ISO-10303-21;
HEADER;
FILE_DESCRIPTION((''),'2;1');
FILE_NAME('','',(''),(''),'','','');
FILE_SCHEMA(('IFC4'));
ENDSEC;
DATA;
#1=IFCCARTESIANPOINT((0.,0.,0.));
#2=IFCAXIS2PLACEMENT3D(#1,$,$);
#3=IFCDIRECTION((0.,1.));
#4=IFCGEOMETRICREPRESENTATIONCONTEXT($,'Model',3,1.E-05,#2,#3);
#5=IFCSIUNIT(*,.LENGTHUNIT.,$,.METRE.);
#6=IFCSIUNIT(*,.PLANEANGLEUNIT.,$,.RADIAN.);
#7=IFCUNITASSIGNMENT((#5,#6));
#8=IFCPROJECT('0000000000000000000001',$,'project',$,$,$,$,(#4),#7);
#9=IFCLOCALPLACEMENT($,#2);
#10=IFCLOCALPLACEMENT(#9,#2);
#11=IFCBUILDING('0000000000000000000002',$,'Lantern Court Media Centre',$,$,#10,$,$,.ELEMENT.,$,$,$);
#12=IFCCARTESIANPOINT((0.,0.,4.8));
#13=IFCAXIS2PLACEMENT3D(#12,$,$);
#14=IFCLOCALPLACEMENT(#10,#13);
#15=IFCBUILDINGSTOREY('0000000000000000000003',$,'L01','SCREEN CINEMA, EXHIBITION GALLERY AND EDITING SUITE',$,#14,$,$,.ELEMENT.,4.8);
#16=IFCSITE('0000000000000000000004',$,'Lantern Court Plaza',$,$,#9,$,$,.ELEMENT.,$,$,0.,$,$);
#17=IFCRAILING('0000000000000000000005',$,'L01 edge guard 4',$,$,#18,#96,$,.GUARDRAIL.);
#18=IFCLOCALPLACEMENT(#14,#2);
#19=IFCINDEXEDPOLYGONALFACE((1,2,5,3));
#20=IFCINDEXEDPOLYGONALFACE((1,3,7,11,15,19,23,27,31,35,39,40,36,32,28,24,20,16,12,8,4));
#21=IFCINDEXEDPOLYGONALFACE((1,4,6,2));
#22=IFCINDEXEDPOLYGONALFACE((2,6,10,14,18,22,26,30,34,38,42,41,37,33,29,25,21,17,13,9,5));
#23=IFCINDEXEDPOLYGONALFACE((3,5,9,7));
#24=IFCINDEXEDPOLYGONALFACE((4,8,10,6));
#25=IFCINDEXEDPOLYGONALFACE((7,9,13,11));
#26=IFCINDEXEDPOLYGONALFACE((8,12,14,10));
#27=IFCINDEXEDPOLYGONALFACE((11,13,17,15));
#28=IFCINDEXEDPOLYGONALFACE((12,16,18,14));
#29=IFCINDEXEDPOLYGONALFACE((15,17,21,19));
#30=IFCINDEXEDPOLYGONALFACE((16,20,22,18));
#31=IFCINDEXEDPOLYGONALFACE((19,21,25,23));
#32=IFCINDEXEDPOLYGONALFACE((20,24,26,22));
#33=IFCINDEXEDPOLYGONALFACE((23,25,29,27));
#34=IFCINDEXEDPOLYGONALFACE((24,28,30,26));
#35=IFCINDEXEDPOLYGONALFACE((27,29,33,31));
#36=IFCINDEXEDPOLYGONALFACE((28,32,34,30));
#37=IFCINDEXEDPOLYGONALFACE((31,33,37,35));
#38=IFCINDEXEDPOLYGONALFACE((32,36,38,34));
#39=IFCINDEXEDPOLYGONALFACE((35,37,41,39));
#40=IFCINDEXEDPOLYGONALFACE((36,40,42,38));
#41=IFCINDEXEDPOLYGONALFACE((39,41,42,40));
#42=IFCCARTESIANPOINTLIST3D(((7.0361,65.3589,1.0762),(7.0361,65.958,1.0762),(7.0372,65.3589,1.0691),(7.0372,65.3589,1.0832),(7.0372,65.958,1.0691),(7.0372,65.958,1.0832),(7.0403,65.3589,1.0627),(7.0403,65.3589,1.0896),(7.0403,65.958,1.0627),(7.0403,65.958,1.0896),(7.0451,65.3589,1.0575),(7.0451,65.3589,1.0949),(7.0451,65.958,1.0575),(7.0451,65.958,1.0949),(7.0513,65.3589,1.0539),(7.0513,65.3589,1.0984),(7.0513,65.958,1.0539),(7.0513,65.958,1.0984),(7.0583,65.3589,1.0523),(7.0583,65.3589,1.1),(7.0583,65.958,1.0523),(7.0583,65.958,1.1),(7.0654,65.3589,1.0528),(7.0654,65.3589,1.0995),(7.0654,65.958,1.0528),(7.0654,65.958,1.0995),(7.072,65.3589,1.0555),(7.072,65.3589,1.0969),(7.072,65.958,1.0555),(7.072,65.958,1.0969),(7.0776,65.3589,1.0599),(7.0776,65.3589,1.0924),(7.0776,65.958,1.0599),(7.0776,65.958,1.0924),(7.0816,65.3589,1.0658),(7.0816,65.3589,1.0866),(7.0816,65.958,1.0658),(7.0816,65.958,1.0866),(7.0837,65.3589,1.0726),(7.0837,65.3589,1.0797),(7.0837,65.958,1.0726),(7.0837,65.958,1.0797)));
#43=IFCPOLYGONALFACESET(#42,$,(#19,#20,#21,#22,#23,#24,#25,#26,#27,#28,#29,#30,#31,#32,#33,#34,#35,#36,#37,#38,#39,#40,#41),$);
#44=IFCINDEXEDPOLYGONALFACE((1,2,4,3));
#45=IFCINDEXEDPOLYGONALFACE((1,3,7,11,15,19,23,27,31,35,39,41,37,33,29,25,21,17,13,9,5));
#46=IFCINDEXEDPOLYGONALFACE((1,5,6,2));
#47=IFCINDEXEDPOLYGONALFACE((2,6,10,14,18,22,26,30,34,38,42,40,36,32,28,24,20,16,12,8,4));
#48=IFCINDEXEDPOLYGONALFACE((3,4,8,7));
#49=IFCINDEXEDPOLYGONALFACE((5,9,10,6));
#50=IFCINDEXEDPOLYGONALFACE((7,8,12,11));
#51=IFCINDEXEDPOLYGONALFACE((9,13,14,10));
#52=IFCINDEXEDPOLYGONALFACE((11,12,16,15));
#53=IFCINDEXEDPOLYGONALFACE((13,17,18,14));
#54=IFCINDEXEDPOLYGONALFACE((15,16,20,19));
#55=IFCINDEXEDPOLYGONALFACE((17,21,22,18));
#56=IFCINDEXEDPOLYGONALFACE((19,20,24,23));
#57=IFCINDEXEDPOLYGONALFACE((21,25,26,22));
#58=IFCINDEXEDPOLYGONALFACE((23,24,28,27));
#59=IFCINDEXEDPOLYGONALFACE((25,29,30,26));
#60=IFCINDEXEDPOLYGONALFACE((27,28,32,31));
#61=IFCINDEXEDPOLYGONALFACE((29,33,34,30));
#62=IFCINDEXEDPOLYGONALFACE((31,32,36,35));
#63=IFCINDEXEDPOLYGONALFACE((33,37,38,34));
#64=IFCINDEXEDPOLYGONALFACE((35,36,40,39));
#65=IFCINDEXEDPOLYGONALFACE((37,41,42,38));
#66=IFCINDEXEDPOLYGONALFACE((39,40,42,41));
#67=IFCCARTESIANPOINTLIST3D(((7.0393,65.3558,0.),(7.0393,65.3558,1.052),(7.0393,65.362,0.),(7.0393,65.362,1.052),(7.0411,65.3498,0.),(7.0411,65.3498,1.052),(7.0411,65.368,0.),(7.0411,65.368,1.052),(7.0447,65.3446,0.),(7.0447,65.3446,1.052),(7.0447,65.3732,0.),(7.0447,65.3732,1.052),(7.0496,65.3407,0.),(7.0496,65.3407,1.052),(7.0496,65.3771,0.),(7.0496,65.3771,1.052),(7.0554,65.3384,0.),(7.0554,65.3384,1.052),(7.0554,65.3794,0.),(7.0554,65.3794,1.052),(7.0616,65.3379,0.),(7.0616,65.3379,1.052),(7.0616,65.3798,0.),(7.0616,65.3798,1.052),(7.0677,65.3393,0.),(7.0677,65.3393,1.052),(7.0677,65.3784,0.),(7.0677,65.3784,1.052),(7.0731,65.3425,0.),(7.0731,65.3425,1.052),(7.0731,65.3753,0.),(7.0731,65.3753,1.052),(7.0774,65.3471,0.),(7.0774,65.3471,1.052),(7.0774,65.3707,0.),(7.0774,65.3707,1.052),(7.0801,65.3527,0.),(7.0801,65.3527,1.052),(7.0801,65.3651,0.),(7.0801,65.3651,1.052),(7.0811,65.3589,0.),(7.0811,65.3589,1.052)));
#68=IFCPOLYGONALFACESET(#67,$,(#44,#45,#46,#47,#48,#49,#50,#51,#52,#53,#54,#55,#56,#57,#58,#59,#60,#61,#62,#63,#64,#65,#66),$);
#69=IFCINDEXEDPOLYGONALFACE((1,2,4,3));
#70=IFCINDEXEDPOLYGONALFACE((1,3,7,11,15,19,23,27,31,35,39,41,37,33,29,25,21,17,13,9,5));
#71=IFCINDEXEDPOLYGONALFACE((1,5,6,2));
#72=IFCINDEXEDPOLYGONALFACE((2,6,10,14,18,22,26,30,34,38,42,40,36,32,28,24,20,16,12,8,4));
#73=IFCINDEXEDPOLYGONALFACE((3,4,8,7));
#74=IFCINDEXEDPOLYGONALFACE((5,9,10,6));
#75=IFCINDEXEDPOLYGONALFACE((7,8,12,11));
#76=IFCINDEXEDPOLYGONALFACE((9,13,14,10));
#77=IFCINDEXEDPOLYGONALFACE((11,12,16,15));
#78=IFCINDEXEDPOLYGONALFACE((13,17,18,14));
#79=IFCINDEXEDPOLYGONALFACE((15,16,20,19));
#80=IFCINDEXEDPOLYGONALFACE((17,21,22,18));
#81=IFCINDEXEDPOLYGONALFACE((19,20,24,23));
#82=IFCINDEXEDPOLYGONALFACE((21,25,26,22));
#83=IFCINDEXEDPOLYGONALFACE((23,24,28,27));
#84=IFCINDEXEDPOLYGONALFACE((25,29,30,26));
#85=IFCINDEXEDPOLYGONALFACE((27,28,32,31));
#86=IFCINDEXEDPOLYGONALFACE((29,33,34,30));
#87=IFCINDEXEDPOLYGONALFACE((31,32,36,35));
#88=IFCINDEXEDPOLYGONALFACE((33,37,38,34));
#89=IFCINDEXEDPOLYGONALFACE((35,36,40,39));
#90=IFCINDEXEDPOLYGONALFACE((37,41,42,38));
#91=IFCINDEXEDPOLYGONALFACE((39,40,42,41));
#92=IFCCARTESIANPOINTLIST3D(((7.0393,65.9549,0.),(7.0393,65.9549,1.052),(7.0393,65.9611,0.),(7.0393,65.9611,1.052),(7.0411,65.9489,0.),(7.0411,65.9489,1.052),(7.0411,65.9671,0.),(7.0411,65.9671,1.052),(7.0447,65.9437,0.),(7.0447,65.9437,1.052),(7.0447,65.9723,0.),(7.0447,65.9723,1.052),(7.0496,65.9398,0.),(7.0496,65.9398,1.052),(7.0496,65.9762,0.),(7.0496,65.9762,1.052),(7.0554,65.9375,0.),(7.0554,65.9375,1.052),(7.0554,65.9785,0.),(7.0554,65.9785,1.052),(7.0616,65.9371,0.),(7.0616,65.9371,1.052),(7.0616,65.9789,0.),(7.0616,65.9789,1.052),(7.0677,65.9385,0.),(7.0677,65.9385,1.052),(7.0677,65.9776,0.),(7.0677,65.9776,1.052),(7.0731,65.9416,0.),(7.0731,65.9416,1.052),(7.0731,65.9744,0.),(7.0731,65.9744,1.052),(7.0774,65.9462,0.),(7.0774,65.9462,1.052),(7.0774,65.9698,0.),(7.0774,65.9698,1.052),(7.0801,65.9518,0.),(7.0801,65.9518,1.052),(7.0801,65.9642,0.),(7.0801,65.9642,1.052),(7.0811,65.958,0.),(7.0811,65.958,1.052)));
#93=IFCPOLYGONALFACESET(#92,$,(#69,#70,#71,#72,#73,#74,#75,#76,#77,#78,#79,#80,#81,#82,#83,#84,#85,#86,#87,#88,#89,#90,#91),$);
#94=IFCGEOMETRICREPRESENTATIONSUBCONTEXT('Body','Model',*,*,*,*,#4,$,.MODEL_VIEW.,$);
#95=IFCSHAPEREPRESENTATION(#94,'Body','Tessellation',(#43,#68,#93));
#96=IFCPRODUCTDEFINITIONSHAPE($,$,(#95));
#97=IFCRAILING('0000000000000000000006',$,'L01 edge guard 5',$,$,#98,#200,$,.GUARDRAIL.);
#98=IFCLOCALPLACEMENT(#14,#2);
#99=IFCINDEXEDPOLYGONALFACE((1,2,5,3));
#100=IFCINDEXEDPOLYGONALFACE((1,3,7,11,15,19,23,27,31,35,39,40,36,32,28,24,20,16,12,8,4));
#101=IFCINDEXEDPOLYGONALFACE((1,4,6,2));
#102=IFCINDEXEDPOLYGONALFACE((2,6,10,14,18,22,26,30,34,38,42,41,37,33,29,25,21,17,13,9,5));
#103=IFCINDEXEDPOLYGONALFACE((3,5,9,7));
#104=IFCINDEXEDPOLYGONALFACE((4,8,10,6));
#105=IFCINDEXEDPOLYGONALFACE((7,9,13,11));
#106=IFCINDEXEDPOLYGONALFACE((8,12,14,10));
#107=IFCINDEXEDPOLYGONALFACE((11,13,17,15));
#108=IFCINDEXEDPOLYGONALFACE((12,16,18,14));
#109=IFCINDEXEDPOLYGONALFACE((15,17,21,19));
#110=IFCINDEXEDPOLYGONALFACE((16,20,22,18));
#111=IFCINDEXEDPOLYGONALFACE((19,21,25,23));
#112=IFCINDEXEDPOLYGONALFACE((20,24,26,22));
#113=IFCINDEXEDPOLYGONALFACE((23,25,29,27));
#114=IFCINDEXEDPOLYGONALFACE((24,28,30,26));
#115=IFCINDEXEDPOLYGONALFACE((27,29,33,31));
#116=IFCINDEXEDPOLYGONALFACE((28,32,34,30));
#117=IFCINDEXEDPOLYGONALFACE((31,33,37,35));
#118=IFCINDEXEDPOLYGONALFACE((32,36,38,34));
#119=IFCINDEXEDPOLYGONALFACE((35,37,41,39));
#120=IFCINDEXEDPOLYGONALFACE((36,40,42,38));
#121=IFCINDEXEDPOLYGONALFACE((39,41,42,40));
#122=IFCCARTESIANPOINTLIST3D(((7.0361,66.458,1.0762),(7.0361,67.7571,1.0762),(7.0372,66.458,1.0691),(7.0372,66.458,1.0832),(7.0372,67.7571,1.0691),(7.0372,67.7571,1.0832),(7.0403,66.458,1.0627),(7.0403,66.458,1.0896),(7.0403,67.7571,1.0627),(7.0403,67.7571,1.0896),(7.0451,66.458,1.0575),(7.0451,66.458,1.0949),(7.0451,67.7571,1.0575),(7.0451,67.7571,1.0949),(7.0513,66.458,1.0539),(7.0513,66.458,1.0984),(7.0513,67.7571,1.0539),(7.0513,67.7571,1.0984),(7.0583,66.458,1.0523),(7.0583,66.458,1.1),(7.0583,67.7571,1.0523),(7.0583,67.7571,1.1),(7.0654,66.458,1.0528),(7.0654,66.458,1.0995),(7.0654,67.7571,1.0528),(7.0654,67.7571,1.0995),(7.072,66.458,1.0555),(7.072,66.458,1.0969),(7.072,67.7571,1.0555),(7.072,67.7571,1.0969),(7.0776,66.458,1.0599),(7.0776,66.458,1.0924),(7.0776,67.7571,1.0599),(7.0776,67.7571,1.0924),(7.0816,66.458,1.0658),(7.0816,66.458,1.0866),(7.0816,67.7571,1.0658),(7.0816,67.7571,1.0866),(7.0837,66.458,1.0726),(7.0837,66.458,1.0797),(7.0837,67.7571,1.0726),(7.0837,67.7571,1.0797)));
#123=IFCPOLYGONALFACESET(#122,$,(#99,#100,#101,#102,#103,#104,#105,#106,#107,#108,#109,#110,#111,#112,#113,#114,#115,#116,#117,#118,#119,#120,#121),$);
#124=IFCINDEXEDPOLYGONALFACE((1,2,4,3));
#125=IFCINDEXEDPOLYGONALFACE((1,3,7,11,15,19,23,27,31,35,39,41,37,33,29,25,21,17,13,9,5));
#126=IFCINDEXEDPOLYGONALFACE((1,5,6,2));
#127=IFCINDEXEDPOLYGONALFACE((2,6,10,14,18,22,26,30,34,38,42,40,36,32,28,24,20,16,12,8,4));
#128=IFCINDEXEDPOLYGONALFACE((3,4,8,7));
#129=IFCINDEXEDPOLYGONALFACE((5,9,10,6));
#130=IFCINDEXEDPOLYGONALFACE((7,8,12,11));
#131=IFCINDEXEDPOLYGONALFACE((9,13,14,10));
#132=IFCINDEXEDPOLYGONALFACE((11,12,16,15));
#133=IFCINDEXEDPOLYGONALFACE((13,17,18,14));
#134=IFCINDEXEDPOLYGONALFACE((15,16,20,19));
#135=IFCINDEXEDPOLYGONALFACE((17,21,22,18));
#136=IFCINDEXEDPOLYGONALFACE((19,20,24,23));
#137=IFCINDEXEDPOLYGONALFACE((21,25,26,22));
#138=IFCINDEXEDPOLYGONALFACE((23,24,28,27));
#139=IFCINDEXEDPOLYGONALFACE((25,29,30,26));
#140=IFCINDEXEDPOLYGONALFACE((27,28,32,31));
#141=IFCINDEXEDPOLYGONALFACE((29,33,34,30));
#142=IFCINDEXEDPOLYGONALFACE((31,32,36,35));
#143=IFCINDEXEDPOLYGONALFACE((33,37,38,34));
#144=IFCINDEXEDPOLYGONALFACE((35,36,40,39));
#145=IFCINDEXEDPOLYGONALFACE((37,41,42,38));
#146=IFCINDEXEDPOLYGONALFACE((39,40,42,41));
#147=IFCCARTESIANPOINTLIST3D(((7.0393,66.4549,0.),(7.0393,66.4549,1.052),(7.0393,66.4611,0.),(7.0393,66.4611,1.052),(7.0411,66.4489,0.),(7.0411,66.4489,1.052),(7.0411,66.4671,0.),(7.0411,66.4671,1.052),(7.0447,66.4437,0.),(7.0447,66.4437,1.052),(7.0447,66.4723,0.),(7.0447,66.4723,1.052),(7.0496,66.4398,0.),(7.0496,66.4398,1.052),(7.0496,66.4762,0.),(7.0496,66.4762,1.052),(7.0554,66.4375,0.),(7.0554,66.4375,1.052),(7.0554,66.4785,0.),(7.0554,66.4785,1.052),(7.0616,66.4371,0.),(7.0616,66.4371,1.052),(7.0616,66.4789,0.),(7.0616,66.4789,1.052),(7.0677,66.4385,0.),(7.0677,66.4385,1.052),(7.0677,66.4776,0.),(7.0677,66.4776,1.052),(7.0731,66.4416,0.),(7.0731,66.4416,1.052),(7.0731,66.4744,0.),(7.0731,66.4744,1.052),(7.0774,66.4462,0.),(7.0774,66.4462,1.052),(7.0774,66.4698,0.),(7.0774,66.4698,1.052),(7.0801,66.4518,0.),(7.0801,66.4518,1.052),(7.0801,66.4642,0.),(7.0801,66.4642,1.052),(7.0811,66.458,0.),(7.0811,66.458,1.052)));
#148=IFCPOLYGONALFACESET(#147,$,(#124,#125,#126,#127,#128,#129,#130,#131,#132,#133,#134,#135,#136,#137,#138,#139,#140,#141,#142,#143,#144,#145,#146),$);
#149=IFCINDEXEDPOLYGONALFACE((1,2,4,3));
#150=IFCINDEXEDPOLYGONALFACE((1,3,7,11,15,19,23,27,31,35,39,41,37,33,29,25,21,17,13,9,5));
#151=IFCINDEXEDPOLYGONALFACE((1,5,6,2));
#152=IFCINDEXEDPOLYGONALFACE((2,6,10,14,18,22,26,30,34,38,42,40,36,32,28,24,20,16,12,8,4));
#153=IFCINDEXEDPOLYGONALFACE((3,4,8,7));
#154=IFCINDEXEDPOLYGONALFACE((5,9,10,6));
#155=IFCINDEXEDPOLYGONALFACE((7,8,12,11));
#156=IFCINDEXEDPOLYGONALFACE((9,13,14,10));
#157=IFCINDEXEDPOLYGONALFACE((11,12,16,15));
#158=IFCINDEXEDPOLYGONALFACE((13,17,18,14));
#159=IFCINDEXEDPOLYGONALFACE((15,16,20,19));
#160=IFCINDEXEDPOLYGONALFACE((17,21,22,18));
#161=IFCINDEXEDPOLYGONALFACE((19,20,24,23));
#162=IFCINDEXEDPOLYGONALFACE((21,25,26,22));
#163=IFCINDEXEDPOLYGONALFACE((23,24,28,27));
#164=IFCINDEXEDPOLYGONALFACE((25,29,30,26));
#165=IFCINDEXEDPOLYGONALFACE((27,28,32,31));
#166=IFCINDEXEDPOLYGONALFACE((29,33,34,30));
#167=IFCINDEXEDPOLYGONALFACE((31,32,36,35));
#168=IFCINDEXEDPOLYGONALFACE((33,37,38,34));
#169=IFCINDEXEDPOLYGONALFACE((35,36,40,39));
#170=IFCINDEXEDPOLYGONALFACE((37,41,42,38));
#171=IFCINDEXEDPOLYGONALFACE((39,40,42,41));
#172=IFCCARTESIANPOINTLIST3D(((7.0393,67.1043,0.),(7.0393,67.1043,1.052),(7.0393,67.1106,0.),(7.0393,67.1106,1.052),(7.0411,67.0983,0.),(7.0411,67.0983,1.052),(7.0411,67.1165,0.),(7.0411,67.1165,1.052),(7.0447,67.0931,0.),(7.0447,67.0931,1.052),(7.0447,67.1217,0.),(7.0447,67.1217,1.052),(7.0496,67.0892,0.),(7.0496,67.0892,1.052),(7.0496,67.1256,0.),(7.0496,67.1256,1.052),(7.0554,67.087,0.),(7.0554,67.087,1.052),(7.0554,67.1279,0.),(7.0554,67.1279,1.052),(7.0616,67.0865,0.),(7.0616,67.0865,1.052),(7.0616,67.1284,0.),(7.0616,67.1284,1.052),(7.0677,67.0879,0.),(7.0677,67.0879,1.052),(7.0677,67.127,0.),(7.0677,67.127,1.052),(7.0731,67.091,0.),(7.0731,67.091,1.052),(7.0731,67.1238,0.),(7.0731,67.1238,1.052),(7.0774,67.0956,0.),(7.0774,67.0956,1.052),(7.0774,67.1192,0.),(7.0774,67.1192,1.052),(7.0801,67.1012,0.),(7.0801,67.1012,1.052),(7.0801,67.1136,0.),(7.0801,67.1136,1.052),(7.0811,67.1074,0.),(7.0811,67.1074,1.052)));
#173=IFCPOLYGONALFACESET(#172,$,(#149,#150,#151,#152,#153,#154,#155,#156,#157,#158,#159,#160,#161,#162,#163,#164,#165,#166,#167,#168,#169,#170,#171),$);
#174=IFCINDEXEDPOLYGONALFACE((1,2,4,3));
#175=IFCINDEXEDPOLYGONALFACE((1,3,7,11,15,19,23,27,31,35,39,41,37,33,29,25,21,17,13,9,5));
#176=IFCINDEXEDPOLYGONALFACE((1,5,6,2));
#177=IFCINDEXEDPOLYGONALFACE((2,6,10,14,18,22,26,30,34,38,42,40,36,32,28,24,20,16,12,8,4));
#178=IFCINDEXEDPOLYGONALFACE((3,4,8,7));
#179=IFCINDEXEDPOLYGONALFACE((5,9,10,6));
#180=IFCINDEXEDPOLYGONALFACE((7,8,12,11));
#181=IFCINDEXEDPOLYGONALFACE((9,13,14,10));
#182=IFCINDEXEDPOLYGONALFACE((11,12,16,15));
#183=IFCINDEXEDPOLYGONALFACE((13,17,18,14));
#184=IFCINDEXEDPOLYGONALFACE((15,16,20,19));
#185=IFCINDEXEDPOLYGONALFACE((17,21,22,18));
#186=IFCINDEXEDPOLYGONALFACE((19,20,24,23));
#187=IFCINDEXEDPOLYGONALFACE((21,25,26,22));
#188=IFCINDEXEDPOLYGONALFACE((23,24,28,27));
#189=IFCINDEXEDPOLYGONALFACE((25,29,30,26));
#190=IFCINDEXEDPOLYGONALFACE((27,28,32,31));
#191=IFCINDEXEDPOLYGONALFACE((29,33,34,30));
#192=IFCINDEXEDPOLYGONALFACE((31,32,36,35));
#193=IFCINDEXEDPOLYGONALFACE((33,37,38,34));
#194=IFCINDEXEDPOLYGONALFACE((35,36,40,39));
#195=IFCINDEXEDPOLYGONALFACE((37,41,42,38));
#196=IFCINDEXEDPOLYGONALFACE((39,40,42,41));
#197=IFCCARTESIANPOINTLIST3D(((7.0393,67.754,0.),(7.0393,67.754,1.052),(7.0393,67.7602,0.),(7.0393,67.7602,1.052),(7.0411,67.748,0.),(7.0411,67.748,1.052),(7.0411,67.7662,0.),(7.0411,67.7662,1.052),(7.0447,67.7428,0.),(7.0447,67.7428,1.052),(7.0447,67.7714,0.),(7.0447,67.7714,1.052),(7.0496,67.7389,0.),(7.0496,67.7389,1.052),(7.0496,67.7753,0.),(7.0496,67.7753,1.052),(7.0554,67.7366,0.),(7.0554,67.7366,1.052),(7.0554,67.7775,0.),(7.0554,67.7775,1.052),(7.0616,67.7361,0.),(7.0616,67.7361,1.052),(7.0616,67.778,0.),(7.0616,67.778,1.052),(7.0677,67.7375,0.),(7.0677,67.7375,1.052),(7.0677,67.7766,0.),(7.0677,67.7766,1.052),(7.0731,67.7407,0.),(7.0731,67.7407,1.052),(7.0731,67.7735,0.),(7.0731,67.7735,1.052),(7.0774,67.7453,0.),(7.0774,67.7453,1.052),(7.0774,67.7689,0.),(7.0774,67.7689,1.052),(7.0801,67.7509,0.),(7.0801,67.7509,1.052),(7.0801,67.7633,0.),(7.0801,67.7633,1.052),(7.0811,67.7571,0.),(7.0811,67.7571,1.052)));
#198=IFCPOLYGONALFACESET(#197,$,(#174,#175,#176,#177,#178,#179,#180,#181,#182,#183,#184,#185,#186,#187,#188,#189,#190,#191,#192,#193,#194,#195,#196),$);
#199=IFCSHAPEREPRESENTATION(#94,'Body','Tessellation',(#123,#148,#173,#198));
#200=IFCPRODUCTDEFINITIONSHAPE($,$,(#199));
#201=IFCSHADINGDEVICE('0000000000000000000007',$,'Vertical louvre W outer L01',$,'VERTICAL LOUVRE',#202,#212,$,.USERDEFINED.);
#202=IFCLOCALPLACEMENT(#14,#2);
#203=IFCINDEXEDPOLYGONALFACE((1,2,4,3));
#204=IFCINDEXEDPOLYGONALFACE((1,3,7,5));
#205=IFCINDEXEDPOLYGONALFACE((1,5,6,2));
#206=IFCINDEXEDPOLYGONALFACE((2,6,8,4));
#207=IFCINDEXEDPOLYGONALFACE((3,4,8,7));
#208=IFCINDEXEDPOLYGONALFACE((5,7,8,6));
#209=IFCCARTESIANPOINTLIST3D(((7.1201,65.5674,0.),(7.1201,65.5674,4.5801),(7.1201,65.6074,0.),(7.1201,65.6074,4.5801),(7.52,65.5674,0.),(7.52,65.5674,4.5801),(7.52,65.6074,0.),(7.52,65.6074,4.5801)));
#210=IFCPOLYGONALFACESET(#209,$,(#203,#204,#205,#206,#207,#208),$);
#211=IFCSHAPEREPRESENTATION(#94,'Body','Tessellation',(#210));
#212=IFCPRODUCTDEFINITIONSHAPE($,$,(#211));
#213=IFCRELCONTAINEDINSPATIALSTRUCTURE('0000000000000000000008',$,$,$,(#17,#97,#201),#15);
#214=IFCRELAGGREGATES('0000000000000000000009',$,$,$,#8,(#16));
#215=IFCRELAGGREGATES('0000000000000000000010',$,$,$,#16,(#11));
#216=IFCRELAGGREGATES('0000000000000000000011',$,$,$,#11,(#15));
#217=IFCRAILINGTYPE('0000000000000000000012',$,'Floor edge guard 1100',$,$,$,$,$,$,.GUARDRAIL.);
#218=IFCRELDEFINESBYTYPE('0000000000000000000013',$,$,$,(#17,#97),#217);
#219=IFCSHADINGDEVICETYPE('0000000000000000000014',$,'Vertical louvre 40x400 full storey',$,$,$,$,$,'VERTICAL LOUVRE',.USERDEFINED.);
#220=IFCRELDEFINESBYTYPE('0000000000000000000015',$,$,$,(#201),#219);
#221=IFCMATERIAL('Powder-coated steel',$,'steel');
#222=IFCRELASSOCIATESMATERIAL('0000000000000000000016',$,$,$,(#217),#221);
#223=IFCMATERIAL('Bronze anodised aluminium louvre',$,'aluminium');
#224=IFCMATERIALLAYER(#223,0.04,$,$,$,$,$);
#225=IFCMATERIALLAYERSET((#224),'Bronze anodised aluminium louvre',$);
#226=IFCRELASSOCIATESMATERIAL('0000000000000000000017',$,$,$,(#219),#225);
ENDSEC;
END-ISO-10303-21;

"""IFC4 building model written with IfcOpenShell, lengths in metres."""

from ifc_helpers import new_model, si_unit, direction, frame, origin, origin_2d, place, context, subcontext, project, spatial, rectangle, circle, extrude, material, layer, layer_set, type_object, element, save


model = new_model("IFC4")

# Units and contexts
model_context = context("Model", 3, precision=1e-05, world=origin(), true_north=direction((0.0, 1.0)))
body_context = subcontext(model_context, "Body", "Model", "MODEL_VIEW")
ifc_project = project(units=[si_unit("LENGTHUNIT", "METRE"), si_unit("PLANEANGLEUNIT", "RADIAN")], contexts=[model_context])

# Site, building, storey
site_placement = place(None, origin())
site = spatial("IfcSite", under=ifc_project, at=site_placement, Name="Lantern Court Plaza", CompositionType="ELEMENT", RefElevation=0.0)
building_placement = place(site_placement, origin())
building = spatial("IfcBuilding", under=site, at=building_placement, Name="Lantern Court Media Centre", CompositionType="ELEMENT")
storey_placement = place(building_placement, frame((0.0, 0.0, 4.8)))
storey = spatial("IfcBuildingStorey", under=building, at=storey_placement, Name="L01", Description="SCREEN CINEMA, EXHIBITION GALLERY AND EDITING SUITE", CompositionType="ELEMENT", Elevation=4.8)

# Railings
ifc_material_1 = material(Name="Powder-coated steel", Category="steel")
railing_type = type_object("IfcRailingType", Name="Floor edge guard 1100", PredefinedType="GUARDRAIL", material=ifc_material_1)
railing_1_placement = place(storey_placement, frame((7.0601, 65.3589, 0.0)))
element("IfcRailing", 1, at=railing_1_placement, inside=storey, type_object=railing_type, Name="L01 edge guard 4", PredefinedType="GUARDRAIL", context=body_context, shape_type="SweptSolid", body=[
    extrude(circle(Radius=0.0239, at=origin_2d()), frame((0.0, 0.0, 1.0762), z_axis=(0.0, 1.0, 0.0), x_axis=(-1.0, 0.0, 0.0)), (0.0, 0.0, 1.0), 0.5991),
    extrude(circle(Radius=0.021, at=origin_2d()), origin(), (0.0, 0.0, 1.0), 1.052),
    extrude(circle(Radius=0.021, at=origin_2d()), frame((0.0, 0.5991, 0.0)), (0.0, 0.0, 1.0), 1.052),
])
railing_2_placement = place(storey_placement, frame((7.0601, 66.458, 0.0)))
element("IfcRailing", 2, at=railing_2_placement, inside=storey, type_object=railing_type, Name="L01 edge guard 5", PredefinedType="GUARDRAIL", context=body_context, shape_type="SweptSolid", body=[
    extrude(circle(Radius=0.0239, at=origin_2d()), frame((0.0, 0.0, 1.0762), z_axis=(0.0, 1.0, 0.0), x_axis=(-1.0, 0.0, 0.0)), (0.0, 0.0, 1.0), 1.2991),
    extrude(circle(Radius=0.021, at=origin_2d()), origin(), (0.0, 0.0, 1.0), 1.052),
    extrude(circle(Radius=0.021, at=origin_2d()), frame((0.0, 0.6494, 0.0)), (0.0, 0.0, 1.0), 1.052),
    extrude(circle(Radius=0.021, at=origin_2d()), frame((0.0, 1.2991, 0.0)), (0.0, 0.0, 1.0), 1.052),
])

# Shading device
ifc_material_2 = material(Name="Bronze anodised aluminium louvre", Category="aluminium")
ifc_layer_1 = layer(ifc_material_2, 0.04)
ifc_layer_set_1 = layer_set([ifc_layer_1], Name="Bronze anodised aluminium louvre")
shading_device_type = type_object("IfcShadingDeviceType", Name="Vertical louvre 40x400 full storey", ElementType="VERTICAL LOUVRE", PredefinedType="USERDEFINED", material=ifc_layer_set_1)
for number, where, z_axis, x_axis, name in (
    (3, (7.3201, 65.5874, 0.0), (0.0, 0.0, 1.0), (1.0, 0.0, 0.0), "Vertical louvre W outer L01"),
):
    element("IfcShadingDevice", number, at=place(storey_placement, frame(where, z_axis=z_axis, x_axis=x_axis)), inside=storey, type_object=shading_device_type, Name=name, ObjectType="VERTICAL LOUVRE", PredefinedType="USERDEFINED", context=body_context, shape_type="SweptSolid", body=[
        extrude(rectangle(XDim=0.3999, YDim=0.04, at=origin_2d()), origin(), (0.0, 0.0, 1.0), 4.5801),
    ])

save(model, "model.ifc")
